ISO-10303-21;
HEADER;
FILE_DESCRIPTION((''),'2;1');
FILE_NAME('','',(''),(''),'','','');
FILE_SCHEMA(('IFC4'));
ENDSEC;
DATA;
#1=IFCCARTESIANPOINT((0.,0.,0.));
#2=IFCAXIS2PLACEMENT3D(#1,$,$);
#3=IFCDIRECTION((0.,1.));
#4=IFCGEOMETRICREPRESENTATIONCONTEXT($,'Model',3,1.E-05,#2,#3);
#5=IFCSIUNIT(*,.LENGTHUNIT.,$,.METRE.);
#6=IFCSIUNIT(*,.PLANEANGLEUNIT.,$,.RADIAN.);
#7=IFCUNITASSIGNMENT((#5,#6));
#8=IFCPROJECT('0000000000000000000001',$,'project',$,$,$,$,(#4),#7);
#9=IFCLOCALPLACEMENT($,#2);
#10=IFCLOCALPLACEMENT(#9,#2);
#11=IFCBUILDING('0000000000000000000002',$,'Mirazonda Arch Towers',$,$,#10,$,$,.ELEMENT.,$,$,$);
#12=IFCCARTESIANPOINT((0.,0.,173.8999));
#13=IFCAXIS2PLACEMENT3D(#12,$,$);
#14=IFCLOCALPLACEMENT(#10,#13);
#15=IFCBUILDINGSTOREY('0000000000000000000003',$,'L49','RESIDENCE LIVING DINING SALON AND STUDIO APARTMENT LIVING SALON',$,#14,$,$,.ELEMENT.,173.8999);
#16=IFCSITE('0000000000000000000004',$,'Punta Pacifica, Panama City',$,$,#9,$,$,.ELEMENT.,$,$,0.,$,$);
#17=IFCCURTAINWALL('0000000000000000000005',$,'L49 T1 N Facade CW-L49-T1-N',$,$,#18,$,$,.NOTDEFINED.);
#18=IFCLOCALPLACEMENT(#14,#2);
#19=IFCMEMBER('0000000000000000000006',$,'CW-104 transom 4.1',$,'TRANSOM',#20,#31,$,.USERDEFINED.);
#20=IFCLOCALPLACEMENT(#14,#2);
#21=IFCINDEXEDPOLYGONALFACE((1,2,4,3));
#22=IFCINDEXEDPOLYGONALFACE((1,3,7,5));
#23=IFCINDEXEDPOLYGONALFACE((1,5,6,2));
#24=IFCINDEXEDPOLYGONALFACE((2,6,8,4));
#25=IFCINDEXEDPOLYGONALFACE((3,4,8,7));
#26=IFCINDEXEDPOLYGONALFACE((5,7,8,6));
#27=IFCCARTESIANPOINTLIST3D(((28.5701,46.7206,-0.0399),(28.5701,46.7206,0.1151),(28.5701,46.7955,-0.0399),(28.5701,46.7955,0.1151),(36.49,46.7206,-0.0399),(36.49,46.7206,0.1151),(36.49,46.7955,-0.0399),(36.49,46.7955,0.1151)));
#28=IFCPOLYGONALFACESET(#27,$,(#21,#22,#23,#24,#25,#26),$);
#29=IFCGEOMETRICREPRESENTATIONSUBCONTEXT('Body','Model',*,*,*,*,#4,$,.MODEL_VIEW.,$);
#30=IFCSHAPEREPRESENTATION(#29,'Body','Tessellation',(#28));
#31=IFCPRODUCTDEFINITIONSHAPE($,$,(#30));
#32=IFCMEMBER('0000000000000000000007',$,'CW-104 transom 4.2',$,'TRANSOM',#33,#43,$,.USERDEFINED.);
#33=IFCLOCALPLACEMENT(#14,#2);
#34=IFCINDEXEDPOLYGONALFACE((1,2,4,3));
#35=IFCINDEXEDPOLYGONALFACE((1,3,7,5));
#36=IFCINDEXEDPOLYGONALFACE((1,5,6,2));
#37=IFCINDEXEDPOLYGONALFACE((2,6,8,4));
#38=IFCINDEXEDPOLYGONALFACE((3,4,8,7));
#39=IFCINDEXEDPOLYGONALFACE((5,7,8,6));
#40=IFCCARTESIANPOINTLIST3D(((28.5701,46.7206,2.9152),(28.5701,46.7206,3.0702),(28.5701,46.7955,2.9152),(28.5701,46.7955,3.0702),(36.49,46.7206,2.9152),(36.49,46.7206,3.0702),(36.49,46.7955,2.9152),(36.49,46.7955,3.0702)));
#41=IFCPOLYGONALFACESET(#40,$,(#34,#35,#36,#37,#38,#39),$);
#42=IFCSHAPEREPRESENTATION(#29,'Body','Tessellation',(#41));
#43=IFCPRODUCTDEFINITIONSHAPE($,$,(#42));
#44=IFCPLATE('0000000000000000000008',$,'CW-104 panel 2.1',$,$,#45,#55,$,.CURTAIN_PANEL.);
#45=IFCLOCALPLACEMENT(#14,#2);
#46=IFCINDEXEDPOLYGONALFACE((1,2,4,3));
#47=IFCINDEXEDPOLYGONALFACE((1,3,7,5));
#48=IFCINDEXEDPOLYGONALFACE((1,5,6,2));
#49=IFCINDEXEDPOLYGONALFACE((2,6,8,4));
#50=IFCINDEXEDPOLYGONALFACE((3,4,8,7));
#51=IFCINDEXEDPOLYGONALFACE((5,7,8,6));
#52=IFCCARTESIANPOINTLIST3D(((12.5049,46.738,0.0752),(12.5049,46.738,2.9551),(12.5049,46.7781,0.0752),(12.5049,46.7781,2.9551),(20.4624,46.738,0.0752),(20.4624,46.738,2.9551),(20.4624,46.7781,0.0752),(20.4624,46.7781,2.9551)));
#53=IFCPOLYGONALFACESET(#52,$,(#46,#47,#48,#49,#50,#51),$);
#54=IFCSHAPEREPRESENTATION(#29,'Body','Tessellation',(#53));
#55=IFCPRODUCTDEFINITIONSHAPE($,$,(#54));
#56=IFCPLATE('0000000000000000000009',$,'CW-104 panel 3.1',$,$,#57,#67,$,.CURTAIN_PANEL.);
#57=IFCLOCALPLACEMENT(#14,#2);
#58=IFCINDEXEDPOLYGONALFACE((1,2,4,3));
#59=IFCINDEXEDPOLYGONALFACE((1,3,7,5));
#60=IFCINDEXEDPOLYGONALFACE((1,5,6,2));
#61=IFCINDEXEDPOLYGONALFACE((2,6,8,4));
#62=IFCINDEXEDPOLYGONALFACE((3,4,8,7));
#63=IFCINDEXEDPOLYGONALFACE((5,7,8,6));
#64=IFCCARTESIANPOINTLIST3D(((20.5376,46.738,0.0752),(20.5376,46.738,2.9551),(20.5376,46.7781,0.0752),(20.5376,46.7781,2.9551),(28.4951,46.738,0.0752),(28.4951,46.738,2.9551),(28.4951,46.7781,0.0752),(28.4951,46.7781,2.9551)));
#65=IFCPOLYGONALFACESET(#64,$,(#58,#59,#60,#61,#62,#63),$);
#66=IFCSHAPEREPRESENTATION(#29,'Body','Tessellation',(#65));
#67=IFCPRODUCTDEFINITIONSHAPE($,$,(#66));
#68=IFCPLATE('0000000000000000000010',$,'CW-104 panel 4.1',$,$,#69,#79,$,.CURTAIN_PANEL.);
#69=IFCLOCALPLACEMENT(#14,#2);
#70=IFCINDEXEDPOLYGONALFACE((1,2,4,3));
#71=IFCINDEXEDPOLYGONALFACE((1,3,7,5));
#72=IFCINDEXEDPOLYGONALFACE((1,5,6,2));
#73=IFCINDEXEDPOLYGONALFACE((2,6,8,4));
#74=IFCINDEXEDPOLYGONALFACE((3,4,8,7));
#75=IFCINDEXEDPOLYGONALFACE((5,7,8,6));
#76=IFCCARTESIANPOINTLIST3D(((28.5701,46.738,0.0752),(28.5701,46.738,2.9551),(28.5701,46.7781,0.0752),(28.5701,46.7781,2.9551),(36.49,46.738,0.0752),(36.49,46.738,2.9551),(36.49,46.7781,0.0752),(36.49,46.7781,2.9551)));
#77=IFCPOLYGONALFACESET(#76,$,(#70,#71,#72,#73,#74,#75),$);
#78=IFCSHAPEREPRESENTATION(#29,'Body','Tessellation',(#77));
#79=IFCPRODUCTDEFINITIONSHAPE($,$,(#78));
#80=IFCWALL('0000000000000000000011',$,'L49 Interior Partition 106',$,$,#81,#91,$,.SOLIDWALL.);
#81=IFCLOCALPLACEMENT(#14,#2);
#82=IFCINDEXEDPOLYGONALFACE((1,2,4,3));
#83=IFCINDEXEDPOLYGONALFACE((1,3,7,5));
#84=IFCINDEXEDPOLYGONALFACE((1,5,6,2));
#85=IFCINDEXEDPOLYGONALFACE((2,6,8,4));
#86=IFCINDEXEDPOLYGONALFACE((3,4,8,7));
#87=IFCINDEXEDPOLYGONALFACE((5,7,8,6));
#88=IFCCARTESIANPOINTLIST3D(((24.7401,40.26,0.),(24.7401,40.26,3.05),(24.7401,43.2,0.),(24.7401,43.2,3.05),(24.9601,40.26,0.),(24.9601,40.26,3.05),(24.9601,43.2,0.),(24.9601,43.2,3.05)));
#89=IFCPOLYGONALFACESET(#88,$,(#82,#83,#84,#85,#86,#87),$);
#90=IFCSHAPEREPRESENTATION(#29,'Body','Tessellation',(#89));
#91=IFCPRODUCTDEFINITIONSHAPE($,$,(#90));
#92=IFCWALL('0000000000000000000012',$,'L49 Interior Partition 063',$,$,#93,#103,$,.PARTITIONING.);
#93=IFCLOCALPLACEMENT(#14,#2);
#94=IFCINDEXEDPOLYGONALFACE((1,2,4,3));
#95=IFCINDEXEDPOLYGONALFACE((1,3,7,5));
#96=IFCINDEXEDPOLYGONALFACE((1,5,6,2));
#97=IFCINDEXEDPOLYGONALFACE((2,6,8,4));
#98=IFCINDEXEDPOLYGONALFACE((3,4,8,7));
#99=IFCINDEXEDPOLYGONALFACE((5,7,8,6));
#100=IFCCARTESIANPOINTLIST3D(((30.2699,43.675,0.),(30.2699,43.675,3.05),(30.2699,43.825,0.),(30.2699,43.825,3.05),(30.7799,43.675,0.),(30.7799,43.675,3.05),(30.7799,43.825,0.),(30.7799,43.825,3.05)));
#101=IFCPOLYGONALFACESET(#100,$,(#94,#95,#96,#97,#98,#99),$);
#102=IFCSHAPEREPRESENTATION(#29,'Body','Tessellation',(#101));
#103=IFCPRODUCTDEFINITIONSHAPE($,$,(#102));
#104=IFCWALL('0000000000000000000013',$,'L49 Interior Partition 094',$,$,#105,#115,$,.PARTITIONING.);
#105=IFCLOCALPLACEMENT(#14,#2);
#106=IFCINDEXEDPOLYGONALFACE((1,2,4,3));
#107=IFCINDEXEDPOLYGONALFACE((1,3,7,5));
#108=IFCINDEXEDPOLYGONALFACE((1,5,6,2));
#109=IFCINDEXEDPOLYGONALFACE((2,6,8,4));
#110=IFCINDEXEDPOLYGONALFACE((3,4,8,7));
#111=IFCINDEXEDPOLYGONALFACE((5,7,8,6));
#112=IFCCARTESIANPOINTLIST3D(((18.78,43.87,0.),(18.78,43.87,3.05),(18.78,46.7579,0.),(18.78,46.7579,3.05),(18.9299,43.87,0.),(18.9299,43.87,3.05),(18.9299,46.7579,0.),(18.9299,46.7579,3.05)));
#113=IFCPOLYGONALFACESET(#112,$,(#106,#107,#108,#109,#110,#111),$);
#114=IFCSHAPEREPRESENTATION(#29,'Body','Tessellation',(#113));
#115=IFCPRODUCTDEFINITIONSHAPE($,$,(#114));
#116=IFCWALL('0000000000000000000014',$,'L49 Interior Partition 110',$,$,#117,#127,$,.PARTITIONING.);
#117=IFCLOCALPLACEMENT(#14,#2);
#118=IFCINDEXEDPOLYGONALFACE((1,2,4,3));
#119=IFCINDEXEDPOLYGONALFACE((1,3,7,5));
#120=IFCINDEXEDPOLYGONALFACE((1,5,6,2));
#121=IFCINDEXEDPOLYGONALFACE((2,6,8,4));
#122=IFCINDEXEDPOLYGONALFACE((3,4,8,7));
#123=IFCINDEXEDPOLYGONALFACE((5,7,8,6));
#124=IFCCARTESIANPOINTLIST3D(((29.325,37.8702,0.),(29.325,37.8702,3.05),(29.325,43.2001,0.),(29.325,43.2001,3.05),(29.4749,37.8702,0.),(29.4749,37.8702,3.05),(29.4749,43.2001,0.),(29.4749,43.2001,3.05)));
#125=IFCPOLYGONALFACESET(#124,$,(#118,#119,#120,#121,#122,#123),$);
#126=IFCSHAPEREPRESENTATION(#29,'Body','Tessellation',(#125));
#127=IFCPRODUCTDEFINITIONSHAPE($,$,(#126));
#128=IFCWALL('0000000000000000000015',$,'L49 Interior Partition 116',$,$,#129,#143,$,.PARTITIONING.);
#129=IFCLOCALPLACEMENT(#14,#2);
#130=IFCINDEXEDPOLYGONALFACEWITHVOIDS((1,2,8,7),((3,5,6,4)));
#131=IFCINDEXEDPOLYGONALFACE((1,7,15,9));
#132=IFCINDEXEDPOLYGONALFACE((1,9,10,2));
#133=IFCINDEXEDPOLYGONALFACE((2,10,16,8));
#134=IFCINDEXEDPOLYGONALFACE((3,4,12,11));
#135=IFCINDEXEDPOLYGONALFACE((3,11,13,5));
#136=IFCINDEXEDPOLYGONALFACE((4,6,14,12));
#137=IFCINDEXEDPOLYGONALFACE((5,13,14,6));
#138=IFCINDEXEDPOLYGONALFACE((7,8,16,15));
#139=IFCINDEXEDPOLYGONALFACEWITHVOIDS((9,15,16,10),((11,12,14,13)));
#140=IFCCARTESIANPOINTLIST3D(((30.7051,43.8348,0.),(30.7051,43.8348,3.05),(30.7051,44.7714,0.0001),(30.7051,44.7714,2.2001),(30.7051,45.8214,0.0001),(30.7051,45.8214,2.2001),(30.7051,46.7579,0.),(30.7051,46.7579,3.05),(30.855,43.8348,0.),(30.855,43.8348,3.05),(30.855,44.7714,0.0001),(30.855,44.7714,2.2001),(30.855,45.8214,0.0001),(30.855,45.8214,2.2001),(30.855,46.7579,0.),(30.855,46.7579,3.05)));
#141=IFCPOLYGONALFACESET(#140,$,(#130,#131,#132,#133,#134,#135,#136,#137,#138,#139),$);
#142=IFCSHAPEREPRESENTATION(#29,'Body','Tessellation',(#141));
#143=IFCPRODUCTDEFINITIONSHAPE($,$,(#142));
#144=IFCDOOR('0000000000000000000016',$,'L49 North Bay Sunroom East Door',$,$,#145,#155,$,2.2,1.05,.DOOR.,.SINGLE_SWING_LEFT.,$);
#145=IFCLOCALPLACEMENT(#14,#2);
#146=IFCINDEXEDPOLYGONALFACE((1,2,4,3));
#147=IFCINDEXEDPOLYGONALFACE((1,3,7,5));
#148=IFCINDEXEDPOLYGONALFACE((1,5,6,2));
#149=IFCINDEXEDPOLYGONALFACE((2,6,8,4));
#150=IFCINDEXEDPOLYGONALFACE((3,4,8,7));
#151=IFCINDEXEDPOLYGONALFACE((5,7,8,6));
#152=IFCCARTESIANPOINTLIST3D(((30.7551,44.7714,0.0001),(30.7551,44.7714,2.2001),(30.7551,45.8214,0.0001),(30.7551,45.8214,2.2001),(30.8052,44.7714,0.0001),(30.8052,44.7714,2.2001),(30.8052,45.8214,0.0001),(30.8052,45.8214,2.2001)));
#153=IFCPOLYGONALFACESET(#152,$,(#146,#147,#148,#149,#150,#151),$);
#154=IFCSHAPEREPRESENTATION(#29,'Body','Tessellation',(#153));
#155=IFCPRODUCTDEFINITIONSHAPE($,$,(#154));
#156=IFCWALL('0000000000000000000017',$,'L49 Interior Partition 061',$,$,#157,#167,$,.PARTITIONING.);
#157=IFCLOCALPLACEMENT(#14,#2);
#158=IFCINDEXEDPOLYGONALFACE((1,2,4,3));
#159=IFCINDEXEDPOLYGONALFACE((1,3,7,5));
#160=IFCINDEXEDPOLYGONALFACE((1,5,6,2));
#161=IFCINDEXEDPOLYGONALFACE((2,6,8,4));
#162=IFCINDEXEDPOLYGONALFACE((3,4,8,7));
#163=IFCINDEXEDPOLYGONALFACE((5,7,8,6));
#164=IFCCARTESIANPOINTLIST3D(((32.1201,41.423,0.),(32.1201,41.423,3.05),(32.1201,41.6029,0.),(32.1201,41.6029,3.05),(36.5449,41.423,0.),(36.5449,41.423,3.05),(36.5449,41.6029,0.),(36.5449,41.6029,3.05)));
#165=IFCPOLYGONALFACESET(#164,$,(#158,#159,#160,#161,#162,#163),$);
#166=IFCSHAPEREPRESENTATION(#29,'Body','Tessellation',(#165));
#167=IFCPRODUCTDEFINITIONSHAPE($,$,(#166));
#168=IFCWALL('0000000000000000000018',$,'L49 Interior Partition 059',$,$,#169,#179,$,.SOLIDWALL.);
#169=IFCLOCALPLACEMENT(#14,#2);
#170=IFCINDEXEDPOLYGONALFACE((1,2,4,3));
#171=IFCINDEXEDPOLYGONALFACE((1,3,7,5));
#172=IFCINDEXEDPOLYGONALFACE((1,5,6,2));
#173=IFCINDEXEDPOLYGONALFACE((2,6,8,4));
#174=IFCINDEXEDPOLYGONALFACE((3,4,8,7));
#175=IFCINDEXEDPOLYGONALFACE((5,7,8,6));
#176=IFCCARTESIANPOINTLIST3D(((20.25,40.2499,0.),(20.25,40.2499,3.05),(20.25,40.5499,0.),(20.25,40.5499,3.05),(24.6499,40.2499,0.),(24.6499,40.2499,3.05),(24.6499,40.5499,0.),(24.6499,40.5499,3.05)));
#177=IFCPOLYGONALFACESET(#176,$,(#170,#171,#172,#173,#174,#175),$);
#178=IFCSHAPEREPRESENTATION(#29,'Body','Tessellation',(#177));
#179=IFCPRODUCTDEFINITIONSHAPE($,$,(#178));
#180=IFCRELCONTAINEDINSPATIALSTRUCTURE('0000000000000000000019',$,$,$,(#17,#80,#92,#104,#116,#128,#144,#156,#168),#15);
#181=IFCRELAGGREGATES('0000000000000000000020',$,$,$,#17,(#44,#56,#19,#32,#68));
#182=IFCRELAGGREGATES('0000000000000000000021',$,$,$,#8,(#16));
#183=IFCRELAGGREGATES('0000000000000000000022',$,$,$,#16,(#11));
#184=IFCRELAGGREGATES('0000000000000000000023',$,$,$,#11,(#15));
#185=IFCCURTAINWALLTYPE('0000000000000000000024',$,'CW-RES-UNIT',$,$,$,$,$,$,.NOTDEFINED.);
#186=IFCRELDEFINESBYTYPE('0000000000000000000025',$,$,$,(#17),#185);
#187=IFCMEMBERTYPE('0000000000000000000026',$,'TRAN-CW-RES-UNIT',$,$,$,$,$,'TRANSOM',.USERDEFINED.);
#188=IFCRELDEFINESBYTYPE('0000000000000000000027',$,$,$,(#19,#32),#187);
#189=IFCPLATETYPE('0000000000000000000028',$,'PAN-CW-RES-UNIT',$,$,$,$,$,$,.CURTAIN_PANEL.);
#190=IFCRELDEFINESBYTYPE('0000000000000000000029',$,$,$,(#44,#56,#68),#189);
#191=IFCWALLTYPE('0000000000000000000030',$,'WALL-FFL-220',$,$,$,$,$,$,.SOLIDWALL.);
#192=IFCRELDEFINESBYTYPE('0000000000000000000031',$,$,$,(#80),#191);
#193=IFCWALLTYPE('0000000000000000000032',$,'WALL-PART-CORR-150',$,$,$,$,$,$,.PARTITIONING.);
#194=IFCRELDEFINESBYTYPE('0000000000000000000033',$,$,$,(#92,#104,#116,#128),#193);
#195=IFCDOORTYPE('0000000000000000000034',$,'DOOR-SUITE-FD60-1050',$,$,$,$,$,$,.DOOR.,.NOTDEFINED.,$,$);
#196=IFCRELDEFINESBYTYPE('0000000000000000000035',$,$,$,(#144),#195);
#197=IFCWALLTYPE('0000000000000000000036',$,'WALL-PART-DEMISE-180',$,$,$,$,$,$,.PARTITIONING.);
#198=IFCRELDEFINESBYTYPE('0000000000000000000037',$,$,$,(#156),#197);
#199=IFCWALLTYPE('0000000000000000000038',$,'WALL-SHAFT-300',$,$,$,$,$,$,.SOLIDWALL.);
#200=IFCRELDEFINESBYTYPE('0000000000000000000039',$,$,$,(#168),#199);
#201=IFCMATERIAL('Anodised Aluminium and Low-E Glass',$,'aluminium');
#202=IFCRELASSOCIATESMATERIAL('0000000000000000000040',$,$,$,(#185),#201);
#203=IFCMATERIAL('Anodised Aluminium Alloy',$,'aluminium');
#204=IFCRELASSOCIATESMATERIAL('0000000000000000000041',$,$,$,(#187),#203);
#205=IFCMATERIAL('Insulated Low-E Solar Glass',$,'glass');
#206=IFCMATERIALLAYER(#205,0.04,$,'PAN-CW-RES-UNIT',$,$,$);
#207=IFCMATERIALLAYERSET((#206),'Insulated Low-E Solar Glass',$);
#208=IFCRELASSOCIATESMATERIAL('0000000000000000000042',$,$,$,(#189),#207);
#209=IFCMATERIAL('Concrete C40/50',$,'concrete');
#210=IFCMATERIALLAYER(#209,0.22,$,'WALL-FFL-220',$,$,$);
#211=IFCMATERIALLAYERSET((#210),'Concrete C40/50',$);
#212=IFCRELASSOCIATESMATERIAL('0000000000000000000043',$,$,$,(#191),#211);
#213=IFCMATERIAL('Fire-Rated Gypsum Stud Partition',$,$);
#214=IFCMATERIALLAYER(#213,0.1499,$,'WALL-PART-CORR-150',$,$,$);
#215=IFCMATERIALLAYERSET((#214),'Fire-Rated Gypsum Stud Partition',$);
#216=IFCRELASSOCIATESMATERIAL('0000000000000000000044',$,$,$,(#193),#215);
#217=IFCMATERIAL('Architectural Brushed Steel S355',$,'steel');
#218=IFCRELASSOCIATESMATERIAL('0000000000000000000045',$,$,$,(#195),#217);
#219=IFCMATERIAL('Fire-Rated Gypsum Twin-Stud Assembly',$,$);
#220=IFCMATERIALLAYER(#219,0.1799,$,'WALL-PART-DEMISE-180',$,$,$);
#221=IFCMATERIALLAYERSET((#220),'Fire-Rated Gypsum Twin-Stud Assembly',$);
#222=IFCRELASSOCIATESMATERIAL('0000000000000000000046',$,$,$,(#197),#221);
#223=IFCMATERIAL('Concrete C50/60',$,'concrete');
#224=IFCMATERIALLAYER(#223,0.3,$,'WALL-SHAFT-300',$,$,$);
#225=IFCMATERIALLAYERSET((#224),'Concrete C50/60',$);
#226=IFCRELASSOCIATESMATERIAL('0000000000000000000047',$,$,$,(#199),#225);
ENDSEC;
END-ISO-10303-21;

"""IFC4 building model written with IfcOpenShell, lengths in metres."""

from ifc_helpers import new_model, si_unit, direction, frame, frame_2d, origin, origin_2d, place, context, subcontext, project, spatial, rectangle, extrude, material, layer, layer_set, material_profile, profile_set, type_object, element, fill, aggregate, save


model = new_model("IFC4")

# Units and contexts
model_context = context("Model", 3, precision=1e-05, world=origin(), true_north=direction((0.0, 1.0)))
body_context = subcontext(model_context, "Body", "Model", "MODEL_VIEW")
ifc_project = project(units=[si_unit("LENGTHUNIT", "METRE"), si_unit("PLANEANGLEUNIT", "RADIAN")], contexts=[model_context])

# Site, building, storey
site_placement = place(None, origin())
site = spatial("IfcSite", under=ifc_project, at=site_placement, Name="Punta Pacifica, Panama City", CompositionType="ELEMENT", RefElevation=0.0)
building_placement = place(site_placement, origin())
building = spatial("IfcBuilding", under=site, at=building_placement, Name="Mirazonda Arch Towers", CompositionType="ELEMENT")
storey_placement = place(building_placement, frame((0.0, 0.0, 173.8999)))
storey = spatial("IfcBuildingStorey", under=building, at=storey_placement, Name="L49", Description="RESIDENCE LIVING DINING SALON AND STUDIO APARTMENT LIVING SALON", CompositionType="ELEMENT", Elevation=173.8999)

# Shared definitions
ifc_material_1 = material(Name="Concrete C50/60", Category="concrete")

# Curtain wall, members, plates
ifc_material_2 = material(Name="Anodised Aluminium and Low-E Glass", Category="aluminium")
curtain_wall_type = type_object("IfcCurtainWallType", Name="CW-RES-UNIT", PredefinedType="NOTDEFINED", material=ifc_material_2)
curtain_wall_placement = place(storey_placement, origin())
curtain_wall = element("IfcCurtainWall", 1, at=curtain_wall_placement, inside=storey, type_object=curtain_wall_type, Name="L49 T1 N Facade CW-L49-T1-N", PredefinedType="NOTDEFINED")
ifc_material_3 = material(Name="Anodised Aluminium Alloy", Category="aluminium")
ifc_material_profile_1 = material_profile(ifc_material_3, rectangle(XDim=0.075, YDim=0.155, at=origin_2d()), Name="ALU-TRAN-75x155")
ifc_profile_set_1 = profile_set([ifc_material_profile_1], Name="Anodised Aluminium Alloy")
member_type_1 = type_object("IfcMemberType", Name="TRAN-CW-RES-UNIT", ElementType="TRANSOM", PredefinedType="USERDEFINED", material=ifc_profile_set_1)
member_1_placement = place(storey_placement, frame((28.5701, 46.7581, 0.0376), z_axis=(1.0, 0.0, 0.0), x_axis=(0.0, 1.0, 0.0)))
member_1 = element("IfcMember", 2, at=member_1_placement, type_object=member_type_1, Name="CW-104 transom 4.1", ObjectType="TRANSOM", PredefinedType="USERDEFINED", context=body_context, shape_type="SweptSolid", body=[
    extrude(rectangle(XDim=0.075, YDim=0.155, at=origin_2d()), origin(), (0.0, 0.0, 1.0), 7.9199),
])
member_2_placement = place(storey_placement, frame((28.5701, 46.7581, 2.9927), z_axis=(1.0, 0.0, 0.0), x_axis=(0.0, 1.0, 0.0)))
member_2 = element("IfcMember", 3, at=member_2_placement, type_object=member_type_1, Name="CW-104 transom 4.2", ObjectType="TRANSOM", PredefinedType="USERDEFINED", context=body_context, shape_type="SweptSolid", body=[
    extrude(rectangle(XDim=0.075, YDim=0.155, at=origin_2d()), origin(), (0.0, 0.0, 1.0), 7.9199),
])
ifc_material_4 = material(Name="Insulated Low-E Solar Glass", Category="glass")
ifc_layer_1 = layer(ifc_material_4, 0.04, Name="PAN-CW-RES-UNIT")
ifc_layer_set_1 = layer_set([ifc_layer_1], Name="Insulated Low-E Solar Glass")
plate_type = type_object("IfcPlateType", Name="PAN-CW-RES-UNIT", PredefinedType="CURTAIN_PANEL", material=ifc_layer_set_1)
plate_1_placement = place(storey_placement, frame((16.4836, 46.7581, 0.0752), z_axis=(0.0, 0.0, 1.0), x_axis=(1.0, 0.0, 0.0)))
plate_1 = element("IfcPlate", 4, at=plate_1_placement, type_object=plate_type, Name="CW-104 panel 2.1", PredefinedType="CURTAIN_PANEL", context=body_context, shape_type="SweptSolid", body=[
    extrude(rectangle(XDim=7.9575, YDim=0.04, at=origin_2d()), origin(), (0.0, 0.0, 1.0), 2.8799),
])
plate_2_placement = place(storey_placement, frame((24.5164, 46.7581, 0.0752), z_axis=(0.0, 0.0, 1.0), x_axis=(1.0, 0.0, 0.0)))
plate_2 = element("IfcPlate", 5, at=plate_2_placement, type_object=plate_type, Name="CW-104 panel 3.1", PredefinedType="CURTAIN_PANEL", context=body_context, shape_type="SweptSolid", body=[
    extrude(rectangle(XDim=7.9575, YDim=0.04, at=origin_2d()), origin(), (0.0, 0.0, 1.0), 2.8799),
])
plate_3_placement = place(storey_placement, frame((32.53, 46.7581, 0.0752), z_axis=(0.0, 0.0, 1.0), x_axis=(1.0, 0.0, 0.0)))
plate_3 = element("IfcPlate", 6, at=plate_3_placement, type_object=plate_type, Name="CW-104 panel 4.1", PredefinedType="CURTAIN_PANEL", context=body_context, shape_type="SweptSolid", body=[
    extrude(rectangle(XDim=7.9199, YDim=0.04, at=origin_2d()), origin(), (0.0, 0.0, 1.0), 2.8799),
])
aggregate(curtain_wall, [plate_1, plate_2, member_1, member_2, plate_3])

# Walls
ifc_material_5 = material(Name="Concrete C40/50", Category="concrete")
ifc_layer_2 = layer(ifc_material_5, 0.22, Name="WALL-FFL-220")
ifc_layer_set_2 = layer_set([ifc_layer_2], Name="Concrete C40/50")
wall_type_1 = type_object("IfcWallType", Name="WALL-FFL-220", PredefinedType="SOLIDWALL", material=ifc_layer_set_2)
wall_1_placement = place(storey_placement, frame((24.8501, 40.26, 0.0), z_axis=(0.0, 0.0, 1.0), x_axis=(0.0, 1.0, 0.0)))
element("IfcWall", 7, at=wall_1_placement, inside=storey, type_object=wall_type_1, Name="L49 Interior Partition 106", PredefinedType="SOLIDWALL", context=body_context, shape_type="SweptSolid", body=[
    extrude(rectangle(XDim=2.9399, YDim=0.22, at=frame_2d((1.47, 0.0))), origin(), (0.0, 0.0, 1.0), 3.05),
])
ifc_material_6 = material(Name="Fire-Rated Gypsum Stud Partition")
ifc_layer_3 = layer(ifc_material_6, 0.1499, Name="WALL-PART-CORR-150")
ifc_layer_set_3 = layer_set([ifc_layer_3], Name="Fire-Rated Gypsum Stud Partition")
wall_type_2 = type_object("IfcWallType", Name="WALL-PART-CORR-150", PredefinedType="PARTITIONING", material=ifc_layer_set_3)
wall_2_placement = place(storey_placement, frame((30.27, 43.75, 0.0), z_axis=(0.0, 0.0, 1.0), x_axis=(1.0, 0.0, 0.0)))
element("IfcWall", 8, at=wall_2_placement, inside=storey, type_object=wall_type_2, Name="L49 Interior Partition 063", PredefinedType="PARTITIONING", context=body_context, shape_type="SweptSolid", body=[
    extrude(rectangle(XDim=0.51, YDim=0.1499, at=frame_2d((0.2549, 0.0))), origin(), (0.0, 0.0, 1.0), 3.05),
])
wall_3_placement = place(storey_placement, frame((18.855, 43.8701, 0.0), z_axis=(0.0, 0.0, 1.0), x_axis=(0.0, 1.0, 0.0)))
element("IfcWall", 9, at=wall_3_placement, inside=storey, type_object=wall_type_2, Name="L49 Interior Partition 094", PredefinedType="PARTITIONING", context=body_context, shape_type="SweptSolid", body=[
    extrude(rectangle(XDim=2.8879, YDim=0.1499, at=frame_2d((1.4438, 0.0))), origin(), (0.0, 0.0, 1.0), 3.05),
])
wall_4_placement = place(storey_placement, frame((29.3999, 37.8701, 0.0), z_axis=(0.0, 0.0, 1.0), x_axis=(0.0, 1.0, 0.0)))
element("IfcWall", 10, at=wall_4_placement, inside=storey, type_object=wall_type_2, Name="L49 Interior Partition 110", PredefinedType="PARTITIONING", context=body_context, shape_type="SweptSolid", body=[
    extrude(rectangle(XDim=5.3298, YDim=0.1499, at=frame_2d((2.665, 0.0))), origin(), (0.0, 0.0, 1.0), 3.05),
])

# Wall, opening, door
wall_5_placement = place(storey_placement, frame((30.78, 43.835, 0.0), z_axis=(0.0, 0.0, 1.0), x_axis=(0.0, 1.0, 0.0)))
wall_5 = element("IfcWall", 11, at=wall_5_placement, inside=storey, type_object=wall_type_2, Name="L49 Interior Partition 116", PredefinedType="PARTITIONING", context=body_context, shape_type="SweptSolid", body=[
    extrude(rectangle(XDim=2.9231, YDim=0.1499, at=frame_2d((1.4614, 0.0))), origin(), (0.0, 0.0, 1.0), 3.05),
])
opening_1_placement = place(wall_5_placement, frame((0.9365, 0.0, 0.0)))
opening_1 = element("IfcOpeningElement", 12, at=opening_1_placement, cuts=wall_5, PredefinedType="OPENING", context=body_context, shape_type="SweptSolid", body=[
    extrude(rectangle(XDim=1.05, YDim=2.2, at=frame_2d((0.5249, 1.1001))), frame((0.0, 0.085, 0.0), z_axis=(0.0, -1.0, 0.0), x_axis=(1.0, 0.0, 0.0)), (0.0, 0.0, 1.0), 0.1699),
])
ifc_material_7 = material(Name="Architectural Brushed Steel S355", Category="steel")
door_type_1 = type_object("IfcDoorType", Name="DOOR-SUITE-FD60-1050", OperationType="NOTDEFINED", PredefinedType="DOOR", material=ifc_material_7)
door_1_placement = place(opening_1_placement, origin())
door_1 = element("IfcDoor", 13, at=door_1_placement, inside=storey, type_object=door_type_1, Name="L49 North Bay Sunroom East Door", OperationType="SINGLE_SWING_LEFT", OverallHeight=2.2, OverallWidth=1.05, PredefinedType="DOOR", context=body_context, shape_type="SweptSolid", body=[
    extrude(rectangle(XDim=1.05, YDim=2.2, at=frame_2d((0.5249, 1.1001))), frame((0.0, 0.0249, 0.0), z_axis=(0.0, -1.0, 0.0), x_axis=(1.0, 0.0, 0.0)), (0.0, 0.0, 1.0), 0.05),
])
fill(opening_1, door_1)

# Wall
ifc_material_8 = material(Name="Fire-Rated Gypsum Twin-Stud Assembly")
ifc_layer_4 = layer(ifc_material_8, 0.1799, Name="WALL-PART-DEMISE-180")
ifc_layer_set_4 = layer_set([ifc_layer_4], Name="Fire-Rated Gypsum Twin-Stud Assembly")
wall_type_3 = type_object("IfcWallType", Name="WALL-PART-DEMISE-180", PredefinedType="PARTITIONING", material=ifc_layer_set_4)
wall_6_placement = place(storey_placement, frame((32.1201, 41.5129, 0.0), z_axis=(0.0, 0.0, 1.0), x_axis=(1.0, 0.0, 0.0)))
element("IfcWall", 14, at=wall_6_placement, inside=storey, type_object=wall_type_3, Name="L49 Interior Partition 061", PredefinedType="PARTITIONING", context=body_context, shape_type="SweptSolid", body=[
    extrude(rectangle(XDim=4.4248, YDim=0.1799, at=frame_2d((2.2124, 0.0))), origin(), (0.0, 0.0, 1.0), 3.05),
])

# Wall
ifc_layer_5 = layer(ifc_material_1, 0.3, Name="WALL-SHAFT-300")
ifc_layer_set_5 = layer_set([ifc_layer_5], Name="Concrete C50/60")
wall_type_4 = type_object("IfcWallType", Name="WALL-SHAFT-300", PredefinedType="SOLIDWALL", material=ifc_layer_set_5)
wall_7_placement = place(storey_placement, frame((20.25, 40.3999, 0.0), z_axis=(0.0, 0.0, 1.0), x_axis=(1.0, 0.0, 0.0)))
element("IfcWall", 15, at=wall_7_placement, inside=storey, type_object=wall_type_4, Name="L49 Interior Partition 059", PredefinedType="SOLIDWALL", context=body_context, shape_type="SweptSolid", body=[
    extrude(rectangle(XDim=4.3999, YDim=0.3, at=frame_2d((2.2, 0.0))), origin(), (0.0, 0.0, 1.0), 3.05),
])

save(model, "model.ifc")
